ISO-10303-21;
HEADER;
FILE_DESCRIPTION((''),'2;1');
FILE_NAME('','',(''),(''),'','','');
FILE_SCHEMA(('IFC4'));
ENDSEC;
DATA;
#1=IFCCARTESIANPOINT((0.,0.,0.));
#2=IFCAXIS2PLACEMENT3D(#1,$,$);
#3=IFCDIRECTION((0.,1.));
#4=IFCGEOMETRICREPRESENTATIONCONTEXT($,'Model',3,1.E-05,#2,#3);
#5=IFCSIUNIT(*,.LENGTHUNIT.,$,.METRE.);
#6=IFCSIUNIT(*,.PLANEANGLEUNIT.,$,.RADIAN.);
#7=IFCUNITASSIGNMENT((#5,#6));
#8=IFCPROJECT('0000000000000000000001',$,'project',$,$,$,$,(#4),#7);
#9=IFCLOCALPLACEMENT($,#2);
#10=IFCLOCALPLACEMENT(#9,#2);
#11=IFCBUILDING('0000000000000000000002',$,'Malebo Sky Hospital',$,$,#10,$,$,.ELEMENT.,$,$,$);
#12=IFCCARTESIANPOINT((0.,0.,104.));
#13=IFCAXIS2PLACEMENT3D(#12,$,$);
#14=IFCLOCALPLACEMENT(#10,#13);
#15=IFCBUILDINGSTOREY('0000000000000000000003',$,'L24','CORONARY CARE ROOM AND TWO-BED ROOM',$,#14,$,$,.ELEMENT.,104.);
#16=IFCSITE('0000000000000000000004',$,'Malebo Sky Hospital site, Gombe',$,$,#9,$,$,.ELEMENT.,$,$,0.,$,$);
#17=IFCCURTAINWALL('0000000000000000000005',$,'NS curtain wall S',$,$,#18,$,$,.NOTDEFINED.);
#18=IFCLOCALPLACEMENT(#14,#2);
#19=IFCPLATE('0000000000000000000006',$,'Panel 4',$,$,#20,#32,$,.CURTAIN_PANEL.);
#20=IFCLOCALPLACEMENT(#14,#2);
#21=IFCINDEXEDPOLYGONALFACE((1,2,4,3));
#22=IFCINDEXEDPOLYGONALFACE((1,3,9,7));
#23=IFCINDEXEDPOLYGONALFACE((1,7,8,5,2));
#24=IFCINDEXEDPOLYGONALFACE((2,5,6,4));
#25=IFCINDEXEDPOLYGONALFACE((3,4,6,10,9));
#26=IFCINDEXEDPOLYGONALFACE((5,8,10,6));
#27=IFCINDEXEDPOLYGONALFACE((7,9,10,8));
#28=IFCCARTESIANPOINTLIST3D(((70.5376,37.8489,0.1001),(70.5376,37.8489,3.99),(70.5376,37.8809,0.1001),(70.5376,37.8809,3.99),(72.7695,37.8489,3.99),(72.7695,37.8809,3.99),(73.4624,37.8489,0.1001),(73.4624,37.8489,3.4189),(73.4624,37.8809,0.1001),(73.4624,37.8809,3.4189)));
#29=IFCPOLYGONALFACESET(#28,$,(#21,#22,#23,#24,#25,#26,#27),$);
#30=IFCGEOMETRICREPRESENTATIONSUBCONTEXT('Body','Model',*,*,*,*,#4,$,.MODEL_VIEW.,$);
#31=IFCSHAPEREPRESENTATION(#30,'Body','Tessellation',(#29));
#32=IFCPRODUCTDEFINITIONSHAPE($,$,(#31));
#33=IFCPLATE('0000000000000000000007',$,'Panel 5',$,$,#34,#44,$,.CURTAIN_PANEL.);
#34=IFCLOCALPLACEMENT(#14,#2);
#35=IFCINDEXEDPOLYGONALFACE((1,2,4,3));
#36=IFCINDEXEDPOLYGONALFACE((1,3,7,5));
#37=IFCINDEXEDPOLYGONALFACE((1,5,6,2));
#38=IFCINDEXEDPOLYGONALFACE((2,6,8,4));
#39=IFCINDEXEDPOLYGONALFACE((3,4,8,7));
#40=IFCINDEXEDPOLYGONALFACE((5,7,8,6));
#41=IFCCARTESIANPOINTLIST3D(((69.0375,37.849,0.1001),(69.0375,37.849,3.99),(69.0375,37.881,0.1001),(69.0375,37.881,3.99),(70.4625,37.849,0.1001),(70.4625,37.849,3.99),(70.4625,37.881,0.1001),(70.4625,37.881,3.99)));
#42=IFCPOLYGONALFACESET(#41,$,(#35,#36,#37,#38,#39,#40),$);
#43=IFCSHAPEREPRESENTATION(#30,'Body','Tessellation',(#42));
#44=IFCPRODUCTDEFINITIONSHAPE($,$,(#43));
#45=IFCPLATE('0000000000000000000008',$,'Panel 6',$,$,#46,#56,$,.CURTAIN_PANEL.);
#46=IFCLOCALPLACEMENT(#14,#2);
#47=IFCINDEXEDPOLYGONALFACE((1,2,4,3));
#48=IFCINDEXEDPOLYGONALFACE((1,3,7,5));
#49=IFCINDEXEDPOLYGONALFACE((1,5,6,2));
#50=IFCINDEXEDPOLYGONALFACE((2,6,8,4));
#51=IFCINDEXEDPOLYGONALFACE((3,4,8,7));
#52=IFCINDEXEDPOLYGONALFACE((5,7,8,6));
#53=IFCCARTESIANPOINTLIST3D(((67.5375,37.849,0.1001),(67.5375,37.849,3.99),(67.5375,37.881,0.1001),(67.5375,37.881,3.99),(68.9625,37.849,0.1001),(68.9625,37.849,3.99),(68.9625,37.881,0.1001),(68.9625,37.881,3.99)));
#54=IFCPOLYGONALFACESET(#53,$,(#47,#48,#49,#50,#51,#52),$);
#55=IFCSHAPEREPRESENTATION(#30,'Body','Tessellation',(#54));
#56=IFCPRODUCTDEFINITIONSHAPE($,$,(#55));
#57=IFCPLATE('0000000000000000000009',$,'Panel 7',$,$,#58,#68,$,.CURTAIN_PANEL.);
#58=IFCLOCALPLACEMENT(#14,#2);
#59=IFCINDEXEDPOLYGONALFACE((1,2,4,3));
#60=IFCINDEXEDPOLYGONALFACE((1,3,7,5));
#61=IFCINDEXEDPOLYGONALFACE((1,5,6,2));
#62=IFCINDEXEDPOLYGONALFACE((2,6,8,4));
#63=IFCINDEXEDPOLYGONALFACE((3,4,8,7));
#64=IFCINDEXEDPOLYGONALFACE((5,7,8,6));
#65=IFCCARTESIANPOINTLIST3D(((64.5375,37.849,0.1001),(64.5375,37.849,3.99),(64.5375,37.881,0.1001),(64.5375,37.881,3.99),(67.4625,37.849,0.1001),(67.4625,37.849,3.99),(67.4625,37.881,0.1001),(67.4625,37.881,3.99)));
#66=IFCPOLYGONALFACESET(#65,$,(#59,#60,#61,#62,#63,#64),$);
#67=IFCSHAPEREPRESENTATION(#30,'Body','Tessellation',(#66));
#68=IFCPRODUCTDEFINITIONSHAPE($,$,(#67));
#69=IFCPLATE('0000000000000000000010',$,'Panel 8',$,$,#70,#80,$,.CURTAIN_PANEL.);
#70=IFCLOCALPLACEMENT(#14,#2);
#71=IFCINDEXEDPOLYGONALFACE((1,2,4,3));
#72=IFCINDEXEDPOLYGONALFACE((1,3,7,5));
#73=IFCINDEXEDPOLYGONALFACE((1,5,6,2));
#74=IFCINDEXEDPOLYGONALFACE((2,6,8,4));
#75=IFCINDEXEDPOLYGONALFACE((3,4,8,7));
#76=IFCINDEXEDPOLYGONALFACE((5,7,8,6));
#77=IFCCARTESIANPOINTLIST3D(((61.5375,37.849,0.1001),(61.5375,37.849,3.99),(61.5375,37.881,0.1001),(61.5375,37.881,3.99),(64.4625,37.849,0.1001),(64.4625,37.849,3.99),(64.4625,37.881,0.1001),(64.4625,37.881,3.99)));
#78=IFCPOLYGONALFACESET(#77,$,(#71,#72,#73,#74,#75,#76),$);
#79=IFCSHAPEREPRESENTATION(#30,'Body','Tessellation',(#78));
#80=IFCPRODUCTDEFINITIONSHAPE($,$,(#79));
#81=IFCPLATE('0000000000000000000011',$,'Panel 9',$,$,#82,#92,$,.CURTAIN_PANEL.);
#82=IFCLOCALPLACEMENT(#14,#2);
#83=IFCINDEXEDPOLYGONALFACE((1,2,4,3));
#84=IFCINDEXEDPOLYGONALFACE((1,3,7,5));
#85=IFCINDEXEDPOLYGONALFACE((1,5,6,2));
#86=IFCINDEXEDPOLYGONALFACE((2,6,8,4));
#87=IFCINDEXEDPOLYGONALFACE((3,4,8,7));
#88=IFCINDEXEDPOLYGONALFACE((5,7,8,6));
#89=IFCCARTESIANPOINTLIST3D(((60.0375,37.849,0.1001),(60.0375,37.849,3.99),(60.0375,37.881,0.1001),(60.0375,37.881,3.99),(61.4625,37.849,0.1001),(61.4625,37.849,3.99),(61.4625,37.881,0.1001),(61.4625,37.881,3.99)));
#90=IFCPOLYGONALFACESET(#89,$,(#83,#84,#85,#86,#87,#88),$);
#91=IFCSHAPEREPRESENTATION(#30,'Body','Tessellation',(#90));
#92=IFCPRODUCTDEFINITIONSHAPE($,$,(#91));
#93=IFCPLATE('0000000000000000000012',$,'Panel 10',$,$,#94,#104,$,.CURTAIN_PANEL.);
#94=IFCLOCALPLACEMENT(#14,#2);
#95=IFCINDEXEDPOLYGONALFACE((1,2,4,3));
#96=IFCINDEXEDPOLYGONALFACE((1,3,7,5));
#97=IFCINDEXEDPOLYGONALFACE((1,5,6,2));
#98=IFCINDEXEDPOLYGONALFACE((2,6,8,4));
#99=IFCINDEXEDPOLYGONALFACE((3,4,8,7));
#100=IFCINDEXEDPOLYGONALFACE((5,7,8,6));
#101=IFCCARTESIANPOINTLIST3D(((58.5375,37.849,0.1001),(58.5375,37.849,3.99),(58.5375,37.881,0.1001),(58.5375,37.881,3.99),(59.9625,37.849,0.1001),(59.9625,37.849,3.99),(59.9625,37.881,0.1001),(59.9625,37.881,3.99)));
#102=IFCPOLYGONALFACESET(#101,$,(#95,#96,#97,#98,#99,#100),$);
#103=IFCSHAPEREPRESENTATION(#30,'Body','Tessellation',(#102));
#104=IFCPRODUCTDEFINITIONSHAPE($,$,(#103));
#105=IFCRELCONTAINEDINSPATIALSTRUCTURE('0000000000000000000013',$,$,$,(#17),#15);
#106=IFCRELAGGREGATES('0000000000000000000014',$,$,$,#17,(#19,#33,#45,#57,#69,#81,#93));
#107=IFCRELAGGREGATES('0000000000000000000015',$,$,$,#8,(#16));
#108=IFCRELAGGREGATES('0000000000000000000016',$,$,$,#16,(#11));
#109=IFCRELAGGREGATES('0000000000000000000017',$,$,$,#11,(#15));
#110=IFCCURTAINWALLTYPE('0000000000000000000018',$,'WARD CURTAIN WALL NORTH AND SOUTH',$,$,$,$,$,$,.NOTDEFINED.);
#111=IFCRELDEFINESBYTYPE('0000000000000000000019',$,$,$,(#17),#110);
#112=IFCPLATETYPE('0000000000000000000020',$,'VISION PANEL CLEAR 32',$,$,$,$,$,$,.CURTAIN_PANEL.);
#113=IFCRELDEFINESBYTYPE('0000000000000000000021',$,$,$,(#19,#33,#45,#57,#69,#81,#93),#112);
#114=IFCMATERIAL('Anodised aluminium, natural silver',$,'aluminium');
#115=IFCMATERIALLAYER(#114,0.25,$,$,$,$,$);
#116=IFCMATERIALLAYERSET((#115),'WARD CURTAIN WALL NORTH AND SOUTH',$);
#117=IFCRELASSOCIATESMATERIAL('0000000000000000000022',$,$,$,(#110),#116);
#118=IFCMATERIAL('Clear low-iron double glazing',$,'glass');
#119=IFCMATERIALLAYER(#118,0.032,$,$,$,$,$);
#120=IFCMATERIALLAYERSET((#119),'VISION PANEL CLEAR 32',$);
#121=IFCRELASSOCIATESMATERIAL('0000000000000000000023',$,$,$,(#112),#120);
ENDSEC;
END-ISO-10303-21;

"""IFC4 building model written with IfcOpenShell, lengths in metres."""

from ifc_helpers import new_model, si_unit, direction, frame, origin, origin_2d, place, context, subcontext, project, spatial, polyline, rectangle, outline, extrude, material, layer, layer_set, type_object, element, aggregate, save


model = new_model("IFC4")

# Units and contexts
model_context = context("Model", 3, precision=1e-05, world=origin(), true_north=direction((0.0, 1.0)))
body_context = subcontext(model_context, "Body", "Model", "MODEL_VIEW")
ifc_project = project(units=[si_unit("LENGTHUNIT", "METRE"), si_unit("PLANEANGLEUNIT", "RADIAN")], contexts=[model_context])

# Site, building, storey
site_placement = place(None, origin())
site = spatial("IfcSite", under=ifc_project, at=site_placement, Name="Malebo Sky Hospital site, Gombe", CompositionType="ELEMENT", RefElevation=0.0)
building_placement = place(site_placement, origin())
building = spatial("IfcBuilding", under=site, at=building_placement, Name="Malebo Sky Hospital", CompositionType="ELEMENT")
storey_placement = place(building_placement, frame((0.0, 0.0, 104.0)))
storey = spatial("IfcBuildingStorey", under=building, at=storey_placement, Name="L24", Description="CORONARY CARE ROOM AND TWO-BED ROOM", CompositionType="ELEMENT", Elevation=104.0)

# Curtain wall
ifc_material_1 = material(Name="Anodised aluminium, natural silver", Category="aluminium")
ifc_layer_1 = layer(ifc_material_1, 0.25)
ifc_layer_set_1 = layer_set([ifc_layer_1], Name="WARD CURTAIN WALL NORTH AND SOUTH")
curtain_wall_type = type_object("IfcCurtainWallType", Name="WARD CURTAIN WALL NORTH AND SOUTH", PredefinedType="NOTDEFINED", material=ifc_layer_set_1)
curtain_wall_placement = place(storey_placement, origin())
curtain_wall = element("IfcCurtainWall", 1, at=curtain_wall_placement, inside=storey, type_object=curtain_wall_type, Name="NS curtain wall S", PredefinedType="NOTDEFINED")

# Plates
ifc_material_2 = material(Name="Clear low-iron double glazing", Category="glass")
ifc_layer_2 = layer(ifc_material_2, 0.032)
ifc_layer_set_2 = layer_set([ifc_layer_2], Name="VISION PANEL CLEAR 32")
plate_type = type_object("IfcPlateType", Name="VISION PANEL CLEAR 32", PredefinedType="CURTAIN_PANEL", material=ifc_layer_set_2)
plate_1_placement = place(storey_placement, frame((72.0, 37.865, 0.1001), z_axis=(0.0, 0.0, 1.0), x_axis=(-1.0, 0.0, 0.0)))
plate_1 = element("IfcPlate", 2, at=plate_1_placement, type_object=plate_type, Name="Panel 4", PredefinedType="CURTAIN_PANEL", context=body_context, shape_type="SweptSolid", body=[
    extrude(outline(polyline([(-1.4624, 0.0), (1.4624, 0.0), (1.4624, 3.8899), (-0.7695, 3.8899), (-1.4624, 3.3188), (-1.4624, 0.0)])), frame((0.0, 0.0161, 0.0), z_axis=(0.0, -1.0, 0.0), x_axis=(1.0, 0.0, 0.0)), (0.0, 0.0, 1.0), 0.032),
])
plate_2_placement = place(storey_placement, frame((69.75, 37.865, 0.1001), z_axis=(0.0, 0.0, 1.0), x_axis=(-1.0, 0.0, 0.0)))
plate_2 = element("IfcPlate", 3, at=plate_2_placement, type_object=plate_type, Name="Panel 5", PredefinedType="CURTAIN_PANEL", context=body_context, shape_type="SweptSolid", body=[
    extrude(rectangle(XDim=1.425, YDim=0.032, at=origin_2d()), origin(), (0.0, 0.0, 1.0), 3.8899),
])
plate_3_placement = place(storey_placement, frame((68.25, 37.865, 0.1001), z_axis=(0.0, 0.0, 1.0), x_axis=(-1.0, 0.0, 0.0)))
plate_3 = element("IfcPlate", 4, at=plate_3_placement, type_object=plate_type, Name="Panel 6", PredefinedType="CURTAIN_PANEL", context=body_context, shape_type="SweptSolid", body=[
    extrude(rectangle(XDim=1.425, YDim=0.032, at=origin_2d()), origin(), (0.0, 0.0, 1.0), 3.8899),
])
plate_4_placement = place(storey_placement, frame((66.0, 37.865, 0.1001), z_axis=(0.0, 0.0, 1.0), x_axis=(-1.0, 0.0, 0.0)))
plate_4 = element("IfcPlate", 5, at=plate_4_placement, type_object=plate_type, Name="Panel 7", PredefinedType="CURTAIN_PANEL", context=body_context, shape_type="SweptSolid", body=[
    extrude(rectangle(XDim=2.925, YDim=0.032, at=origin_2d()), origin(), (0.0, 0.0, 1.0), 3.8899),
])
plate_5_placement = place(storey_placement, frame((63.0, 37.865, 0.1001), z_axis=(0.0, 0.0, 1.0), x_axis=(-1.0, 0.0, 0.0)))
plate_5 = element("IfcPlate", 6, at=plate_5_placement, type_object=plate_type, Name="Panel 8", PredefinedType="CURTAIN_PANEL", context=body_context, shape_type="SweptSolid", body=[
    extrude(rectangle(XDim=2.925, YDim=0.032, at=origin_2d()), origin(), (0.0, 0.0, 1.0), 3.8899),
])
plate_6_placement = place(storey_placement, frame((60.75, 37.865, 0.1001), z_axis=(0.0, 0.0, 1.0), x_axis=(-1.0, 0.0, 0.0)))
plate_6 = element("IfcPlate", 7, at=plate_6_placement, type_object=plate_type, Name="Panel 9", PredefinedType="CURTAIN_PANEL", context=body_context, shape_type="SweptSolid", body=[
    extrude(rectangle(XDim=1.425, YDim=0.032, at=origin_2d()), origin(), (0.0, 0.0, 1.0), 3.8899),
])
plate_7_placement = place(storey_placement, frame((59.25, 37.865, 0.1001), z_axis=(0.0, 0.0, 1.0), x_axis=(-1.0, 0.0, 0.0)))
plate_7 = element("IfcPlate", 8, at=plate_7_placement, type_object=plate_type, Name="Panel 10", PredefinedType="CURTAIN_PANEL", context=body_context, shape_type="SweptSolid", body=[
    extrude(rectangle(XDim=1.425, YDim=0.032, at=origin_2d()), origin(), (0.0, 0.0, 1.0), 3.8899),
])
aggregate(curtain_wall, [plate_1, plate_2, plate_3, plate_4, plate_5, plate_6, plate_7])

save(model, "model.ifc")
